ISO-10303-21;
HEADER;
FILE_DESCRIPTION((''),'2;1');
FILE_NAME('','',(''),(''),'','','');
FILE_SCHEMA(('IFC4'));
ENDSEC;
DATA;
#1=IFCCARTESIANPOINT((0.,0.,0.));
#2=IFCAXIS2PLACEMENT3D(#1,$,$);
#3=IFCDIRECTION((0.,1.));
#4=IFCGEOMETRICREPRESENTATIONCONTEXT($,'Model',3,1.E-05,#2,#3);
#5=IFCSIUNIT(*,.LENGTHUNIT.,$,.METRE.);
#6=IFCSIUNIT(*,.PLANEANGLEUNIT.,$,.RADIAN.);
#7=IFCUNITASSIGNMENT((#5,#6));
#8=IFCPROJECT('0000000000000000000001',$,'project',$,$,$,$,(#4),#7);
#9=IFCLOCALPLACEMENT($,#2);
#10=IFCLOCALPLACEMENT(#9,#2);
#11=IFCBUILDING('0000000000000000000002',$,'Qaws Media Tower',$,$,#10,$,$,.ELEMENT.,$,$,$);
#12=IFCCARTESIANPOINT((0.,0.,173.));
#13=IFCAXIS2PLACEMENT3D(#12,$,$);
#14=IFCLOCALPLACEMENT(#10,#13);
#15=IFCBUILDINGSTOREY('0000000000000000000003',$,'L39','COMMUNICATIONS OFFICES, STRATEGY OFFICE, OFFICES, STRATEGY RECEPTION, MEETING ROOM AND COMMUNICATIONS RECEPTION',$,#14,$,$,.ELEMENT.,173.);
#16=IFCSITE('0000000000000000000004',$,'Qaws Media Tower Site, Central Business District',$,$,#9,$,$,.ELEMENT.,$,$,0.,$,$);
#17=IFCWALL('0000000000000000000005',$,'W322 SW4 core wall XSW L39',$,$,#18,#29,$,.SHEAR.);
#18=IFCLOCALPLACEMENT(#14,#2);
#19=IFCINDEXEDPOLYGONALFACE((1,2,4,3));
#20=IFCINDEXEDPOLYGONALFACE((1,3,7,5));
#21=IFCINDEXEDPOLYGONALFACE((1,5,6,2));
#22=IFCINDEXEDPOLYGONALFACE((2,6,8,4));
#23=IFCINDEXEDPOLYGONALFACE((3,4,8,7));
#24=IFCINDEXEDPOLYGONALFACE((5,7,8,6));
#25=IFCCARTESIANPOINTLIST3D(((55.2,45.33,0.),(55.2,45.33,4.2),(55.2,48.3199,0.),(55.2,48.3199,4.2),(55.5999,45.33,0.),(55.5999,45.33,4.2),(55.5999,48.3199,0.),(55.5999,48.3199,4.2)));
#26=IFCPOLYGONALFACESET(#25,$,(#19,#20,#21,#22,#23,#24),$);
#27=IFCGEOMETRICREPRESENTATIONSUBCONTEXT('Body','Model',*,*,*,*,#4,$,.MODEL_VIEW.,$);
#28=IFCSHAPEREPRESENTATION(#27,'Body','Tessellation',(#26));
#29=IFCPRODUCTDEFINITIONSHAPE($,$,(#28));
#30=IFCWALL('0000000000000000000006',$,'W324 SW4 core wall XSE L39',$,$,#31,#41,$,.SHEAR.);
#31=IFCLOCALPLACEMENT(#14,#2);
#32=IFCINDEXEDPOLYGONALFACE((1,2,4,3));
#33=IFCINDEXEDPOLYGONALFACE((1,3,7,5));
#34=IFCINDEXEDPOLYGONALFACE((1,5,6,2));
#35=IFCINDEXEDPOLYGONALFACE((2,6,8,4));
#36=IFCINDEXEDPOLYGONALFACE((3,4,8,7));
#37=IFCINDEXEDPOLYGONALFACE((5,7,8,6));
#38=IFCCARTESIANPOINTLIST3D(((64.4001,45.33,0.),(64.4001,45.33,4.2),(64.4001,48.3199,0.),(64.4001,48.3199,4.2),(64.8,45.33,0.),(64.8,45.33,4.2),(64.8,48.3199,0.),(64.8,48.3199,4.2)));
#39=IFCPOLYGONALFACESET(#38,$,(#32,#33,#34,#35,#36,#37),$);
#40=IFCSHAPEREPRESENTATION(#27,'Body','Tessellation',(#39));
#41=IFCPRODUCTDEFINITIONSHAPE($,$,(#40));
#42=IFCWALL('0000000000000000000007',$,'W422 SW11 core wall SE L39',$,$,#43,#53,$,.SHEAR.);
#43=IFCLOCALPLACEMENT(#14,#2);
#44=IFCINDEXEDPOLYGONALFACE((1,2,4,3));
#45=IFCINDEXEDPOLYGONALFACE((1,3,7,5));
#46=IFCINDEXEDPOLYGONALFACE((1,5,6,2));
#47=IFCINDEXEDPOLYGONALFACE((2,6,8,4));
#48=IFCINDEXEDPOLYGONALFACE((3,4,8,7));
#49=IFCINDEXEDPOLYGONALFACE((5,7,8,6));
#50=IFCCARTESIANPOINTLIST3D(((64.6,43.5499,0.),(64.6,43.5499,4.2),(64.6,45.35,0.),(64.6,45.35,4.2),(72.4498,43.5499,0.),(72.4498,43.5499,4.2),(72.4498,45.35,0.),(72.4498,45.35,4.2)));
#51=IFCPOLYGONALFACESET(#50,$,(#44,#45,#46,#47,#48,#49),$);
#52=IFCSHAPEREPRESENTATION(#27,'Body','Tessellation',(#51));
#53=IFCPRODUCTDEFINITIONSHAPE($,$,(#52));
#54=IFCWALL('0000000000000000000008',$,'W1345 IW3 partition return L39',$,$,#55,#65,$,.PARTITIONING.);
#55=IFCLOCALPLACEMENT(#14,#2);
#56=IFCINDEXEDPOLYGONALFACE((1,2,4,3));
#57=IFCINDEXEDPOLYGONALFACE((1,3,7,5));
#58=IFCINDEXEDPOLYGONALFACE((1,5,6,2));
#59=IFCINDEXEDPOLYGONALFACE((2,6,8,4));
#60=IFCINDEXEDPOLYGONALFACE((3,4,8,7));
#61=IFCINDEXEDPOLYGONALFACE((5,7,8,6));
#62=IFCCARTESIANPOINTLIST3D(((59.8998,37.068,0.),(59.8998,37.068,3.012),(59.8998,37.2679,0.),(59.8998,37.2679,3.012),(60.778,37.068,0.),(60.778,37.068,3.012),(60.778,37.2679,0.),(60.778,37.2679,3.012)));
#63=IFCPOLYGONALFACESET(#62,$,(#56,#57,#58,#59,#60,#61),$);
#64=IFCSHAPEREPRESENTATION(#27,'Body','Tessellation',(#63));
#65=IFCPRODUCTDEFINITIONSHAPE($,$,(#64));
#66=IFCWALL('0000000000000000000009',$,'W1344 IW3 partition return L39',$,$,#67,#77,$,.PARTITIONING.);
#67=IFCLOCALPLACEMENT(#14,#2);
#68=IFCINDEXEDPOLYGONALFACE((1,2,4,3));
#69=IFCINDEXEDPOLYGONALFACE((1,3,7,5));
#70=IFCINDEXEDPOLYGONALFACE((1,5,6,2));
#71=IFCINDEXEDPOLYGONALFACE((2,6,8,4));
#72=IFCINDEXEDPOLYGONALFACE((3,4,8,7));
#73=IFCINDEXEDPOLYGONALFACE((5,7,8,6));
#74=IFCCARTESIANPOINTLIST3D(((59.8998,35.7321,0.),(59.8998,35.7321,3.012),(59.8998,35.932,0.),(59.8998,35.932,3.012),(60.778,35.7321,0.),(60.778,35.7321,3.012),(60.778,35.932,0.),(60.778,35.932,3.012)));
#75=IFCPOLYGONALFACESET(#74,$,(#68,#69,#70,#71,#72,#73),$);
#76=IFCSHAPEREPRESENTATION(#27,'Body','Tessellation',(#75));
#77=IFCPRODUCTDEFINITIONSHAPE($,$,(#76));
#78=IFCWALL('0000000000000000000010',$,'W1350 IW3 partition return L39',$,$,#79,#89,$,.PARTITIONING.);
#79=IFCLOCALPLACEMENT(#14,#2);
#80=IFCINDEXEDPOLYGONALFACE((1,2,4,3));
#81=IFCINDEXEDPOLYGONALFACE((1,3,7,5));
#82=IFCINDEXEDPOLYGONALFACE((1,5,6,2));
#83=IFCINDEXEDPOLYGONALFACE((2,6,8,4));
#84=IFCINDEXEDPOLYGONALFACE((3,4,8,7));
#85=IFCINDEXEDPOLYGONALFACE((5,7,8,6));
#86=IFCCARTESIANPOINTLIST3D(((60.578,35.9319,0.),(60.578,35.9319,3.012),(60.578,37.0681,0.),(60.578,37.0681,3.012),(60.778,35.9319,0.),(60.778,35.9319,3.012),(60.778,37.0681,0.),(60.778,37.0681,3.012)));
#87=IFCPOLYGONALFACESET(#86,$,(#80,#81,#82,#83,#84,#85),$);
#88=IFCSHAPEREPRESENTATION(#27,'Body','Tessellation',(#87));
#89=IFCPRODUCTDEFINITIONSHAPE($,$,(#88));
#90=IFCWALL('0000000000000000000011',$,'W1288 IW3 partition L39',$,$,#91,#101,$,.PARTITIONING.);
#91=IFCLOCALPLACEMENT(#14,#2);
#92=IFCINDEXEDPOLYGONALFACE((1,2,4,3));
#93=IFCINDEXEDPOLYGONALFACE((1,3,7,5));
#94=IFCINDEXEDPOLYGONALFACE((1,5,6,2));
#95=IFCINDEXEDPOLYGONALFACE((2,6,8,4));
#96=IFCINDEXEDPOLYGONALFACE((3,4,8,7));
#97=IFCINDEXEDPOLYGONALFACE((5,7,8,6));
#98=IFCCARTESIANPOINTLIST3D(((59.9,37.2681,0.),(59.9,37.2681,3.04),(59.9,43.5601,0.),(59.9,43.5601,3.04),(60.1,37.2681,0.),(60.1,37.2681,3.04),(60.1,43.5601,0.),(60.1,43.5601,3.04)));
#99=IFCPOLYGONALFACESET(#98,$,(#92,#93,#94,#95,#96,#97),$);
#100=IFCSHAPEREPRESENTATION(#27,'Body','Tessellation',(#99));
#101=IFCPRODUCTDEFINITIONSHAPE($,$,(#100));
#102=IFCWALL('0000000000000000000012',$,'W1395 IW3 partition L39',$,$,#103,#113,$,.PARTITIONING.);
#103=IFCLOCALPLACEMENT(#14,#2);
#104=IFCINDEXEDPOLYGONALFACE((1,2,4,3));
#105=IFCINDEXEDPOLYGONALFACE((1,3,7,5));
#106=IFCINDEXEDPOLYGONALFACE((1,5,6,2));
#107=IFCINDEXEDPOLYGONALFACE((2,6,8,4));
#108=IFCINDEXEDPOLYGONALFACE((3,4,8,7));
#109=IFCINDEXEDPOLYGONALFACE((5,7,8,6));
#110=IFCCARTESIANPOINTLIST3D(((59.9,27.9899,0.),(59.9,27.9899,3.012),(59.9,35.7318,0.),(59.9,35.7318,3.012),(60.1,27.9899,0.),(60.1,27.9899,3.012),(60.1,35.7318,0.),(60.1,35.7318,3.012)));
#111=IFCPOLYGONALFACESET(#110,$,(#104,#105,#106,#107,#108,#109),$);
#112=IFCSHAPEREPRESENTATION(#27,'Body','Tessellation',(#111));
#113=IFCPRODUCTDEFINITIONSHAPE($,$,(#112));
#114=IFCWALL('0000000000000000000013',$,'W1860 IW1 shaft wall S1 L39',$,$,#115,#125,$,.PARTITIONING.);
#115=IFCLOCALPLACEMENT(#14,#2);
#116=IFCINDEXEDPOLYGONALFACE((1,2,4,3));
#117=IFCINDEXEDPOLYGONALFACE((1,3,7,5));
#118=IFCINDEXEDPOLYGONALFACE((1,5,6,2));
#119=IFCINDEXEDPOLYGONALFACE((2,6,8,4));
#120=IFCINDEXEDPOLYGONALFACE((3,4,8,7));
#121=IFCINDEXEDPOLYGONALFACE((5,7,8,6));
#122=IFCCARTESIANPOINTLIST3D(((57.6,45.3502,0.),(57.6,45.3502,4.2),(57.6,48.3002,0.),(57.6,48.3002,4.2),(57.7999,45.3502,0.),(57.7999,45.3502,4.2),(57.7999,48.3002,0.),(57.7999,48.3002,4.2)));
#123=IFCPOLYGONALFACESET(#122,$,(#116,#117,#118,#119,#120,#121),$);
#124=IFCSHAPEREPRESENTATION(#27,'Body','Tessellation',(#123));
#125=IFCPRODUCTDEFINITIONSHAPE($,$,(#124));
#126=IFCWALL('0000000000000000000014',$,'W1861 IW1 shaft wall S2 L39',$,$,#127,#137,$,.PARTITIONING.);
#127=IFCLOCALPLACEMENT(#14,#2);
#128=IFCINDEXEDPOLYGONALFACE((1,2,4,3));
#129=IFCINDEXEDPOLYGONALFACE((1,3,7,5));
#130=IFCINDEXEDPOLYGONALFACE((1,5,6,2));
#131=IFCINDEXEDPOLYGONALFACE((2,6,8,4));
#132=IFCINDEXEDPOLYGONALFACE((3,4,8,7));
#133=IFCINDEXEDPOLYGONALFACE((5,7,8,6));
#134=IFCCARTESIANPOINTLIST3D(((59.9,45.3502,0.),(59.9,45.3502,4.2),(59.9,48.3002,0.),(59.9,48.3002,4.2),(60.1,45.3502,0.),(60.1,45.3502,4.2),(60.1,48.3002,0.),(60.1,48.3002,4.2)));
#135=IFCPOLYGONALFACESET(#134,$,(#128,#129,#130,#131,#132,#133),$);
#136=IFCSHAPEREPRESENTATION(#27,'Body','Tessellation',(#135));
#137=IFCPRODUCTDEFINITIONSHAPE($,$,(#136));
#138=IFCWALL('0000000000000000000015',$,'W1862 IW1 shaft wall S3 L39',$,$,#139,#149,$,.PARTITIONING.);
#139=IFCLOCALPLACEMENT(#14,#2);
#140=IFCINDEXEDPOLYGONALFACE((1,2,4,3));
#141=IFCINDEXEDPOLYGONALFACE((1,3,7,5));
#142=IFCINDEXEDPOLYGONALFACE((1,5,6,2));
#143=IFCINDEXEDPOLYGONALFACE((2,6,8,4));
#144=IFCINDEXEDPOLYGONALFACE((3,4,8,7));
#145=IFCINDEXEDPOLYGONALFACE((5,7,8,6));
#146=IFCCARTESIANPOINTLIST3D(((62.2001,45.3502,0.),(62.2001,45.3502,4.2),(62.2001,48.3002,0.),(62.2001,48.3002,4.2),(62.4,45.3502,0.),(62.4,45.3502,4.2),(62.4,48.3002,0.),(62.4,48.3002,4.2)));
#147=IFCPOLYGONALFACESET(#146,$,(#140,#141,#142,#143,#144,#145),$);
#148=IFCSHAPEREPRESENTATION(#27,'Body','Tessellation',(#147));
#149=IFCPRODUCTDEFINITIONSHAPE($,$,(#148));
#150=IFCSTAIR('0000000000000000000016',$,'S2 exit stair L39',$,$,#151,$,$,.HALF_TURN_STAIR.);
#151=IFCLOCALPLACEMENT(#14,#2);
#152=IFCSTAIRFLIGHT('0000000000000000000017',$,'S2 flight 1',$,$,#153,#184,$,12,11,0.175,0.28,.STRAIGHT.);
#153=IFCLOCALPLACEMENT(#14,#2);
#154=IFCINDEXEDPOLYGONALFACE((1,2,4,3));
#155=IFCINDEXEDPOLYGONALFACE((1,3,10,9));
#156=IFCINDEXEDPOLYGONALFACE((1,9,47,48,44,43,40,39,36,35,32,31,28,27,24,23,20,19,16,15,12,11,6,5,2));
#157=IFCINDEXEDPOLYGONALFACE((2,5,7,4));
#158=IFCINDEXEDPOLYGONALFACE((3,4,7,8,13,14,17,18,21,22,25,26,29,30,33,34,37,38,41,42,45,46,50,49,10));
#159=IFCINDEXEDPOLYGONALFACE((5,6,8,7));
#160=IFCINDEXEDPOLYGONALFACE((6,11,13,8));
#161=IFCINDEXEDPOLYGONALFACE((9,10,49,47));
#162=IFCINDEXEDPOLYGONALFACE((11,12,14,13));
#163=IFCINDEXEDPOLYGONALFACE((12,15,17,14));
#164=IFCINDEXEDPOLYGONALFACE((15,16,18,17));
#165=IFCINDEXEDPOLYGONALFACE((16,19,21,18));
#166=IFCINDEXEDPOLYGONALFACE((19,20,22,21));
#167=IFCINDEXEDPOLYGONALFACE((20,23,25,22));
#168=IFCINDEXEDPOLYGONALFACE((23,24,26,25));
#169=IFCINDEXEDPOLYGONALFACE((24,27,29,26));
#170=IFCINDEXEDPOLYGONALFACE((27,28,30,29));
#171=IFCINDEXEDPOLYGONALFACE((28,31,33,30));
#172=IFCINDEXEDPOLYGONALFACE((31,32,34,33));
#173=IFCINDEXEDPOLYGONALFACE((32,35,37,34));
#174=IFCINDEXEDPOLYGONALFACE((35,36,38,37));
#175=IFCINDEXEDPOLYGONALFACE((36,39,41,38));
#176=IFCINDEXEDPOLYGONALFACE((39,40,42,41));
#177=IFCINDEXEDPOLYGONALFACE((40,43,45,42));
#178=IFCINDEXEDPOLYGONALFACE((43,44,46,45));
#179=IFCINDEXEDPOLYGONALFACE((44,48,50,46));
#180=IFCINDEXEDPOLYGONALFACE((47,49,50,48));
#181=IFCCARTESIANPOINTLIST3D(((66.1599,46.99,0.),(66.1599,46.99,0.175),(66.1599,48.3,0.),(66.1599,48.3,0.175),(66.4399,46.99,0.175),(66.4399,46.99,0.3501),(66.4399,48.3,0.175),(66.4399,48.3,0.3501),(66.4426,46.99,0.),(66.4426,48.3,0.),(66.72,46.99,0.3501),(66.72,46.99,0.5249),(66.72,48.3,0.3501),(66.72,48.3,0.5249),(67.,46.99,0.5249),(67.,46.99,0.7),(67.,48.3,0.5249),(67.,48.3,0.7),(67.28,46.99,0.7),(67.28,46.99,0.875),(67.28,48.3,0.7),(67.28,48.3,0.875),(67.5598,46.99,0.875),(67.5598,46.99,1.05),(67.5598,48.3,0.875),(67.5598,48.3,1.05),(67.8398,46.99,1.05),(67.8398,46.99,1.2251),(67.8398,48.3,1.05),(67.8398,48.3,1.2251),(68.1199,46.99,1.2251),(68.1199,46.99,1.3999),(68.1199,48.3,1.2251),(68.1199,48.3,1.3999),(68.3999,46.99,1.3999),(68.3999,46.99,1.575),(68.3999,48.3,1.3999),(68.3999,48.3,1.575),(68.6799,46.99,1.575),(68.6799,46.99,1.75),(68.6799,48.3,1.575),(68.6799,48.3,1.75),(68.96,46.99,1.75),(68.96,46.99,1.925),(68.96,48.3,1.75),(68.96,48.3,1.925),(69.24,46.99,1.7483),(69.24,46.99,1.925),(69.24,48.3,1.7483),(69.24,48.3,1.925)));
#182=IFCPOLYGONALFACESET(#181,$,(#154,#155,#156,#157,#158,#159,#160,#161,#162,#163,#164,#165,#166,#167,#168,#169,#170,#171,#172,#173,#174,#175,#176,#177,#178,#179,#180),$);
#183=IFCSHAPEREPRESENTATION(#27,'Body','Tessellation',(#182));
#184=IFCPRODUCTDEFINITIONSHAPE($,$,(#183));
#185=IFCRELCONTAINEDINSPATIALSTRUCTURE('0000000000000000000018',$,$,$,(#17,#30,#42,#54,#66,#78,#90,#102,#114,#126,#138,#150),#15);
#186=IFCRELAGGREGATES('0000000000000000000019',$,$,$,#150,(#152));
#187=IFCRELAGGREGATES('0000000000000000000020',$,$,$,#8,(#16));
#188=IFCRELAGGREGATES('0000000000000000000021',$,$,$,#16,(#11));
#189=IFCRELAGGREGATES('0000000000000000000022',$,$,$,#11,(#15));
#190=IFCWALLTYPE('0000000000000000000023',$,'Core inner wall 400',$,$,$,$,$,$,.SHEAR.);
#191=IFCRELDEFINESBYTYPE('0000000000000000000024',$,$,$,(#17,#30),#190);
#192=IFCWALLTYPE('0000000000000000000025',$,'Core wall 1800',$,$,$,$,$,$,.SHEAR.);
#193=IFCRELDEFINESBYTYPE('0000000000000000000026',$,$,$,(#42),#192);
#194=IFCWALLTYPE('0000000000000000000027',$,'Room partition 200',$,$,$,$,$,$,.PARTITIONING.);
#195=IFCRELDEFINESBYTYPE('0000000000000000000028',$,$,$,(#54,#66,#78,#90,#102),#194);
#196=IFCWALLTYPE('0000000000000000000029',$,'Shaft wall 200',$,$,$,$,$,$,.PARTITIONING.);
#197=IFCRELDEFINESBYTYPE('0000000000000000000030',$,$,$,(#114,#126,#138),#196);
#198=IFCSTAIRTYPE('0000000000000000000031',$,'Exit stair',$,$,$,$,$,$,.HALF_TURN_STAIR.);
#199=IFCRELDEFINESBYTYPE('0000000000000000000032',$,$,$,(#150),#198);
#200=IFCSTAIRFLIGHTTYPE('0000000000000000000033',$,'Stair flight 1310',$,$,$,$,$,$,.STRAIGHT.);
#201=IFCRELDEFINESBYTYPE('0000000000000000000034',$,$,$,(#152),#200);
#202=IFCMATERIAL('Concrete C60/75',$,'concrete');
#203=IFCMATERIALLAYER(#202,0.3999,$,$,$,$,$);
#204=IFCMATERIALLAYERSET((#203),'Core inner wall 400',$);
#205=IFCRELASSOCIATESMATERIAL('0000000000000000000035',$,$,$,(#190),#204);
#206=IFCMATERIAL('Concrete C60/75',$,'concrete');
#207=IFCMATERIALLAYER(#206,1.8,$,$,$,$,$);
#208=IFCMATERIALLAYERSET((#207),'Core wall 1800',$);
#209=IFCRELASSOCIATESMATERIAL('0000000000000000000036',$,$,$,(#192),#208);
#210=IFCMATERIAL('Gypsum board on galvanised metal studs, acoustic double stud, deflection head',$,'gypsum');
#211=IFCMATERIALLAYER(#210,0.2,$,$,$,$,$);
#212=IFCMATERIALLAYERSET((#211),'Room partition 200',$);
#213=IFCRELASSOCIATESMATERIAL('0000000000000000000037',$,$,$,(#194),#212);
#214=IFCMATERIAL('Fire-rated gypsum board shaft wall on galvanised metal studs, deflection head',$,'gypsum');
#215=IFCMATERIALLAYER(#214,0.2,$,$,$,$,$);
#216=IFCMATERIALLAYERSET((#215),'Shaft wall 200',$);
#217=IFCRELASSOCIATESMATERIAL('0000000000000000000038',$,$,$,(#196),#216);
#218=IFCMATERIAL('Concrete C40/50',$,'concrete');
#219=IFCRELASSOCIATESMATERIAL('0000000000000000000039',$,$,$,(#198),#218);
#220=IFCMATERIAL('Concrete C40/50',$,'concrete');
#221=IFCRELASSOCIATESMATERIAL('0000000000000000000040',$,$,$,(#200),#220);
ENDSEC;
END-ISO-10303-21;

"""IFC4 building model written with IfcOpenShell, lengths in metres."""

from ifc_helpers import new_model, si_unit, direction, frame, frame_2d, origin, place, context, subcontext, project, spatial, polyline, rectangle, outline, extrude, material, layer, layer_set, type_object, element, aggregate, save


model = new_model("IFC4")

# Units and contexts
model_context = context("Model", 3, precision=1e-05, world=origin(), true_north=direction((0.0, 1.0)))
body_context = subcontext(model_context, "Body", "Model", "MODEL_VIEW")
ifc_project = project(units=[si_unit("LENGTHUNIT", "METRE"), si_unit("PLANEANGLEUNIT", "RADIAN")], contexts=[model_context])

# Site, building, storey
site_placement = place(None, origin())
site = spatial("IfcSite", under=ifc_project, at=site_placement, Name="Qaws Media Tower Site, Central Business District", CompositionType="ELEMENT", RefElevation=0.0)
building_placement = place(site_placement, origin())
building = spatial("IfcBuilding", under=site, at=building_placement, Name="Qaws Media Tower", CompositionType="ELEMENT")
storey_placement = place(building_placement, frame((0.0, 0.0, 173.0)))
storey = spatial("IfcBuildingStorey", under=building, at=storey_placement, Name="L39", Description="COMMUNICATIONS OFFICES, STRATEGY OFFICE, OFFICES, STRATEGY RECEPTION, MEETING ROOM AND COMMUNICATIONS RECEPTION", CompositionType="ELEMENT", Elevation=173.0)

# Walls
ifc_material_1 = material(Name="Concrete C60/75", Category="concrete")
ifc_layer_1 = layer(ifc_material_1, 0.3999)
ifc_layer_set_1 = layer_set([ifc_layer_1], Name="Core inner wall 400")
wall_type_1 = type_object("IfcWallType", Name="Core inner wall 400", PredefinedType="SHEAR", material=ifc_layer_set_1)
for number, where, z_axis, x_axis, name in (
    (1, (55.3999, 48.3201, 0.0), (0.0, 0.0, 1.0), (0.0, -1.0, 0.0), "W322 SW4 core wall XSW L39"),
    (2, (64.6001, 48.3201, 0.0), (0.0, 0.0, 1.0), (0.0, -1.0, 0.0), "W324 SW4 core wall XSE L39"),
):
    element("IfcWall", number, at=place(storey_placement, frame(where, z_axis=z_axis, x_axis=x_axis)), inside=storey, type_object=wall_type_1, Name=name, PredefinedType="SHEAR", context=body_context, shape_type="SweptSolid", body=[
        extrude(rectangle(XDim=2.99, YDim=0.3999, at=frame_2d((1.4951, 0.0))), origin(), (0.0, 0.0, 1.0), 4.2),
    ])
ifc_material_2 = material(Name="Concrete C60/75", Category="concrete")
ifc_layer_2 = layer(ifc_material_2, 1.8)
ifc_layer_set_2 = layer_set([ifc_layer_2], Name="Core wall 1800")
wall_type_2 = type_object("IfcWallType", Name="Core wall 1800", PredefinedType="SHEAR", material=ifc_layer_set_2)
wall_1_placement = place(storey_placement, frame((64.6001, 44.45, 0.0), z_axis=(0.0, 0.0, 1.0), x_axis=(1.0, 0.0, 0.0)))
element("IfcWall", 3, at=wall_1_placement, inside=storey, type_object=wall_type_2, Name="W422 SW11 core wall SE L39", PredefinedType="SHEAR", context=body_context, shape_type="SweptSolid", body=[
    extrude(rectangle(XDim=7.8499, YDim=1.8, at=frame_2d((3.9248, 0.0))), origin(), (0.0, 0.0, 1.0), 4.2),
])
ifc_material_3 = material(Name="Gypsum board on galvanised metal studs, acoustic double stud, deflection head", Category="gypsum")
ifc_layer_3 = layer(ifc_material_3, 0.2)
ifc_layer_set_3 = layer_set([ifc_layer_3], Name="Room partition 200")
wall_type_3 = type_object("IfcWallType", Name="Room partition 200", PredefinedType="PARTITIONING", material=ifc_layer_set_3)
for number, where, z_axis, x_axis, name in (
    (4, (59.8999, 37.168, 0.0), (0.0, 0.0, 1.0), (1.0, 0.0, 0.0), "W1345 IW3 partition return L39"),
    (5, (59.8999, 35.832, 0.0), (0.0, 0.0, 1.0), (1.0, 0.0, 0.0), "W1344 IW3 partition return L39"),
):
    element("IfcWall", number, at=place(storey_placement, frame(where, z_axis=z_axis, x_axis=x_axis)), inside=storey, type_object=wall_type_3, Name=name, PredefinedType="PARTITIONING", context=body_context, shape_type="SweptSolid", body=[
        extrude(rectangle(XDim=0.8782, YDim=0.2, at=frame_2d((0.439, 0.0))), origin(), (0.0, 0.0, 1.0), 3.012),
    ])
wall_2_placement = place(storey_placement, frame((60.678, 37.0681, 0.0), z_axis=(0.0, 0.0, 1.0), x_axis=(0.0, -1.0, 0.0)))
element("IfcWall", 6, at=wall_2_placement, inside=storey, type_object=wall_type_3, Name="W1350 IW3 partition return L39", PredefinedType="PARTITIONING", context=body_context, shape_type="SweptSolid", body=[
    extrude(rectangle(XDim=1.1362, YDim=0.2, at=frame_2d((0.5681, 0.0))), origin(), (0.0, 0.0, 1.0), 3.012),
])
wall_3_placement = place(storey_placement, frame((60.0, 43.5601, 0.0), z_axis=(0.0, 0.0, 1.0), x_axis=(0.0, -1.0, 0.0)))
element("IfcWall", 7, at=wall_3_placement, inside=storey, type_object=wall_type_3, Name="W1288 IW3 partition L39", PredefinedType="PARTITIONING", context=body_context, shape_type="SweptSolid", body=[
    extrude(rectangle(XDim=6.292, YDim=0.2, at=frame_2d((3.146, 0.0))), origin(), (0.0, 0.0, 1.0), 3.04),
])
wall_4_placement = place(storey_placement, frame((60.0, 35.7319, 0.0), z_axis=(0.0, 0.0, 1.0), x_axis=(0.0, -1.0, 0.0)))
element("IfcWall", 8, at=wall_4_placement, inside=storey, type_object=wall_type_3, Name="W1395 IW3 partition L39", PredefinedType="PARTITIONING", context=body_context, shape_type="SweptSolid", body=[
    extrude(rectangle(XDim=7.7419, YDim=0.2, at=frame_2d((3.8711, 0.0))), origin(), (0.0, 0.0, 1.0), 3.012),
])
ifc_material_4 = material(Name="Fire-rated gypsum board shaft wall on galvanised metal studs, deflection head", Category="gypsum")
ifc_layer_4 = layer(ifc_material_4, 0.2)
ifc_layer_set_4 = layer_set([ifc_layer_4], Name="Shaft wall 200")
wall_type_4 = type_object("IfcWallType", Name="Shaft wall 200", PredefinedType="PARTITIONING", material=ifc_layer_set_4)
for number, where, z_axis, x_axis, name in (
    (9, (57.7, 45.3501, 0.0), (0.0, 0.0, 1.0), (0.0, 1.0, 0.0), "W1860 IW1 shaft wall S1 L39"),
    (10, (60.0, 45.3501, 0.0), (0.0, 0.0, 1.0), (0.0, 1.0, 0.0), "W1861 IW1 shaft wall S2 L39"),
    (11, (62.3, 45.3501, 0.0), (0.0, 0.0, 1.0), (0.0, 1.0, 0.0), "W1862 IW1 shaft wall S3 L39"),
):
    element("IfcWall", number, at=place(storey_placement, frame(where, z_axis=z_axis, x_axis=x_axis)), inside=storey, type_object=wall_type_4, Name=name, PredefinedType="PARTITIONING", context=body_context, shape_type="SweptSolid", body=[
        extrude(rectangle(XDim=2.95, YDim=0.2, at=frame_2d((1.4751, 0.0))), origin(), (0.0, 0.0, 1.0), 4.2),
    ])

# Stair, stair flight
ifc_material_5 = material(Name="Concrete C40/50", Category="concrete")
stair_type = type_object("IfcStairType", Name="Exit stair", PredefinedType="HALF_TURN_STAIR", material=ifc_material_5)
stair_placement = place(storey_placement, origin())
stair = element("IfcStair", 12, at=stair_placement, inside=storey, type_object=stair_type, Name="S2 exit stair L39", PredefinedType="HALF_TURN_STAIR")
ifc_material_6 = material(Name="Concrete C40/50", Category="concrete")
stair_flight_type = type_object("IfcStairFlightType", Name="Stair flight 1310", PredefinedType="STRAIGHT", material=ifc_material_6)
stair_flight_1_placement = place(storey_placement, frame((66.1599, 47.645, 0.0), z_axis=(0.0, 0.0, 1.0), x_axis=(1.0, 0.0, 0.0)))
stair_flight_1 = element("IfcStairFlight", 13, at=stair_flight_1_placement, type_object=stair_flight_type, Name="S2 flight 1", NumberOfRisers=12, NumberOfTreads=11, PredefinedType="STRAIGHT", RiserHeight=0.175, TreadLength=0.28, context=body_context, shape_type="SweptSolid", body=[
    extrude(outline(polyline([(0.0, 0.0), (0.0, 0.175), (0.28, 0.175), (0.28, 0.3501), (0.5601, 0.3501), (0.5601, 0.5249), (0.8401, 0.5249), (0.8401, 0.7), (1.1201, 0.7), (1.1201, 0.875), (1.3999, 0.875), (1.3999, 1.05), (1.6799, 1.05), (1.6799, 1.2251), (1.96, 1.2251), (1.96, 1.3999), (2.24, 1.3999), (2.24, 1.575), (2.52, 1.575), (2.52, 1.75), (2.8, 1.75), (2.8, 1.925), (3.0801, 1.925), (3.0801, 2.1001), (3.0801, 1.7483), (0.2827, 0.0), (0.0, 0.0)])), frame((0.0, 0.655, 0.0), z_axis=(0.0, -1.0, 0.0), x_axis=(1.0, 0.0, 0.0)), (0.0, 0.0, 1.0), 1.3101),
])
aggregate(stair, [stair_flight_1])

save(model, "model.ifc")
